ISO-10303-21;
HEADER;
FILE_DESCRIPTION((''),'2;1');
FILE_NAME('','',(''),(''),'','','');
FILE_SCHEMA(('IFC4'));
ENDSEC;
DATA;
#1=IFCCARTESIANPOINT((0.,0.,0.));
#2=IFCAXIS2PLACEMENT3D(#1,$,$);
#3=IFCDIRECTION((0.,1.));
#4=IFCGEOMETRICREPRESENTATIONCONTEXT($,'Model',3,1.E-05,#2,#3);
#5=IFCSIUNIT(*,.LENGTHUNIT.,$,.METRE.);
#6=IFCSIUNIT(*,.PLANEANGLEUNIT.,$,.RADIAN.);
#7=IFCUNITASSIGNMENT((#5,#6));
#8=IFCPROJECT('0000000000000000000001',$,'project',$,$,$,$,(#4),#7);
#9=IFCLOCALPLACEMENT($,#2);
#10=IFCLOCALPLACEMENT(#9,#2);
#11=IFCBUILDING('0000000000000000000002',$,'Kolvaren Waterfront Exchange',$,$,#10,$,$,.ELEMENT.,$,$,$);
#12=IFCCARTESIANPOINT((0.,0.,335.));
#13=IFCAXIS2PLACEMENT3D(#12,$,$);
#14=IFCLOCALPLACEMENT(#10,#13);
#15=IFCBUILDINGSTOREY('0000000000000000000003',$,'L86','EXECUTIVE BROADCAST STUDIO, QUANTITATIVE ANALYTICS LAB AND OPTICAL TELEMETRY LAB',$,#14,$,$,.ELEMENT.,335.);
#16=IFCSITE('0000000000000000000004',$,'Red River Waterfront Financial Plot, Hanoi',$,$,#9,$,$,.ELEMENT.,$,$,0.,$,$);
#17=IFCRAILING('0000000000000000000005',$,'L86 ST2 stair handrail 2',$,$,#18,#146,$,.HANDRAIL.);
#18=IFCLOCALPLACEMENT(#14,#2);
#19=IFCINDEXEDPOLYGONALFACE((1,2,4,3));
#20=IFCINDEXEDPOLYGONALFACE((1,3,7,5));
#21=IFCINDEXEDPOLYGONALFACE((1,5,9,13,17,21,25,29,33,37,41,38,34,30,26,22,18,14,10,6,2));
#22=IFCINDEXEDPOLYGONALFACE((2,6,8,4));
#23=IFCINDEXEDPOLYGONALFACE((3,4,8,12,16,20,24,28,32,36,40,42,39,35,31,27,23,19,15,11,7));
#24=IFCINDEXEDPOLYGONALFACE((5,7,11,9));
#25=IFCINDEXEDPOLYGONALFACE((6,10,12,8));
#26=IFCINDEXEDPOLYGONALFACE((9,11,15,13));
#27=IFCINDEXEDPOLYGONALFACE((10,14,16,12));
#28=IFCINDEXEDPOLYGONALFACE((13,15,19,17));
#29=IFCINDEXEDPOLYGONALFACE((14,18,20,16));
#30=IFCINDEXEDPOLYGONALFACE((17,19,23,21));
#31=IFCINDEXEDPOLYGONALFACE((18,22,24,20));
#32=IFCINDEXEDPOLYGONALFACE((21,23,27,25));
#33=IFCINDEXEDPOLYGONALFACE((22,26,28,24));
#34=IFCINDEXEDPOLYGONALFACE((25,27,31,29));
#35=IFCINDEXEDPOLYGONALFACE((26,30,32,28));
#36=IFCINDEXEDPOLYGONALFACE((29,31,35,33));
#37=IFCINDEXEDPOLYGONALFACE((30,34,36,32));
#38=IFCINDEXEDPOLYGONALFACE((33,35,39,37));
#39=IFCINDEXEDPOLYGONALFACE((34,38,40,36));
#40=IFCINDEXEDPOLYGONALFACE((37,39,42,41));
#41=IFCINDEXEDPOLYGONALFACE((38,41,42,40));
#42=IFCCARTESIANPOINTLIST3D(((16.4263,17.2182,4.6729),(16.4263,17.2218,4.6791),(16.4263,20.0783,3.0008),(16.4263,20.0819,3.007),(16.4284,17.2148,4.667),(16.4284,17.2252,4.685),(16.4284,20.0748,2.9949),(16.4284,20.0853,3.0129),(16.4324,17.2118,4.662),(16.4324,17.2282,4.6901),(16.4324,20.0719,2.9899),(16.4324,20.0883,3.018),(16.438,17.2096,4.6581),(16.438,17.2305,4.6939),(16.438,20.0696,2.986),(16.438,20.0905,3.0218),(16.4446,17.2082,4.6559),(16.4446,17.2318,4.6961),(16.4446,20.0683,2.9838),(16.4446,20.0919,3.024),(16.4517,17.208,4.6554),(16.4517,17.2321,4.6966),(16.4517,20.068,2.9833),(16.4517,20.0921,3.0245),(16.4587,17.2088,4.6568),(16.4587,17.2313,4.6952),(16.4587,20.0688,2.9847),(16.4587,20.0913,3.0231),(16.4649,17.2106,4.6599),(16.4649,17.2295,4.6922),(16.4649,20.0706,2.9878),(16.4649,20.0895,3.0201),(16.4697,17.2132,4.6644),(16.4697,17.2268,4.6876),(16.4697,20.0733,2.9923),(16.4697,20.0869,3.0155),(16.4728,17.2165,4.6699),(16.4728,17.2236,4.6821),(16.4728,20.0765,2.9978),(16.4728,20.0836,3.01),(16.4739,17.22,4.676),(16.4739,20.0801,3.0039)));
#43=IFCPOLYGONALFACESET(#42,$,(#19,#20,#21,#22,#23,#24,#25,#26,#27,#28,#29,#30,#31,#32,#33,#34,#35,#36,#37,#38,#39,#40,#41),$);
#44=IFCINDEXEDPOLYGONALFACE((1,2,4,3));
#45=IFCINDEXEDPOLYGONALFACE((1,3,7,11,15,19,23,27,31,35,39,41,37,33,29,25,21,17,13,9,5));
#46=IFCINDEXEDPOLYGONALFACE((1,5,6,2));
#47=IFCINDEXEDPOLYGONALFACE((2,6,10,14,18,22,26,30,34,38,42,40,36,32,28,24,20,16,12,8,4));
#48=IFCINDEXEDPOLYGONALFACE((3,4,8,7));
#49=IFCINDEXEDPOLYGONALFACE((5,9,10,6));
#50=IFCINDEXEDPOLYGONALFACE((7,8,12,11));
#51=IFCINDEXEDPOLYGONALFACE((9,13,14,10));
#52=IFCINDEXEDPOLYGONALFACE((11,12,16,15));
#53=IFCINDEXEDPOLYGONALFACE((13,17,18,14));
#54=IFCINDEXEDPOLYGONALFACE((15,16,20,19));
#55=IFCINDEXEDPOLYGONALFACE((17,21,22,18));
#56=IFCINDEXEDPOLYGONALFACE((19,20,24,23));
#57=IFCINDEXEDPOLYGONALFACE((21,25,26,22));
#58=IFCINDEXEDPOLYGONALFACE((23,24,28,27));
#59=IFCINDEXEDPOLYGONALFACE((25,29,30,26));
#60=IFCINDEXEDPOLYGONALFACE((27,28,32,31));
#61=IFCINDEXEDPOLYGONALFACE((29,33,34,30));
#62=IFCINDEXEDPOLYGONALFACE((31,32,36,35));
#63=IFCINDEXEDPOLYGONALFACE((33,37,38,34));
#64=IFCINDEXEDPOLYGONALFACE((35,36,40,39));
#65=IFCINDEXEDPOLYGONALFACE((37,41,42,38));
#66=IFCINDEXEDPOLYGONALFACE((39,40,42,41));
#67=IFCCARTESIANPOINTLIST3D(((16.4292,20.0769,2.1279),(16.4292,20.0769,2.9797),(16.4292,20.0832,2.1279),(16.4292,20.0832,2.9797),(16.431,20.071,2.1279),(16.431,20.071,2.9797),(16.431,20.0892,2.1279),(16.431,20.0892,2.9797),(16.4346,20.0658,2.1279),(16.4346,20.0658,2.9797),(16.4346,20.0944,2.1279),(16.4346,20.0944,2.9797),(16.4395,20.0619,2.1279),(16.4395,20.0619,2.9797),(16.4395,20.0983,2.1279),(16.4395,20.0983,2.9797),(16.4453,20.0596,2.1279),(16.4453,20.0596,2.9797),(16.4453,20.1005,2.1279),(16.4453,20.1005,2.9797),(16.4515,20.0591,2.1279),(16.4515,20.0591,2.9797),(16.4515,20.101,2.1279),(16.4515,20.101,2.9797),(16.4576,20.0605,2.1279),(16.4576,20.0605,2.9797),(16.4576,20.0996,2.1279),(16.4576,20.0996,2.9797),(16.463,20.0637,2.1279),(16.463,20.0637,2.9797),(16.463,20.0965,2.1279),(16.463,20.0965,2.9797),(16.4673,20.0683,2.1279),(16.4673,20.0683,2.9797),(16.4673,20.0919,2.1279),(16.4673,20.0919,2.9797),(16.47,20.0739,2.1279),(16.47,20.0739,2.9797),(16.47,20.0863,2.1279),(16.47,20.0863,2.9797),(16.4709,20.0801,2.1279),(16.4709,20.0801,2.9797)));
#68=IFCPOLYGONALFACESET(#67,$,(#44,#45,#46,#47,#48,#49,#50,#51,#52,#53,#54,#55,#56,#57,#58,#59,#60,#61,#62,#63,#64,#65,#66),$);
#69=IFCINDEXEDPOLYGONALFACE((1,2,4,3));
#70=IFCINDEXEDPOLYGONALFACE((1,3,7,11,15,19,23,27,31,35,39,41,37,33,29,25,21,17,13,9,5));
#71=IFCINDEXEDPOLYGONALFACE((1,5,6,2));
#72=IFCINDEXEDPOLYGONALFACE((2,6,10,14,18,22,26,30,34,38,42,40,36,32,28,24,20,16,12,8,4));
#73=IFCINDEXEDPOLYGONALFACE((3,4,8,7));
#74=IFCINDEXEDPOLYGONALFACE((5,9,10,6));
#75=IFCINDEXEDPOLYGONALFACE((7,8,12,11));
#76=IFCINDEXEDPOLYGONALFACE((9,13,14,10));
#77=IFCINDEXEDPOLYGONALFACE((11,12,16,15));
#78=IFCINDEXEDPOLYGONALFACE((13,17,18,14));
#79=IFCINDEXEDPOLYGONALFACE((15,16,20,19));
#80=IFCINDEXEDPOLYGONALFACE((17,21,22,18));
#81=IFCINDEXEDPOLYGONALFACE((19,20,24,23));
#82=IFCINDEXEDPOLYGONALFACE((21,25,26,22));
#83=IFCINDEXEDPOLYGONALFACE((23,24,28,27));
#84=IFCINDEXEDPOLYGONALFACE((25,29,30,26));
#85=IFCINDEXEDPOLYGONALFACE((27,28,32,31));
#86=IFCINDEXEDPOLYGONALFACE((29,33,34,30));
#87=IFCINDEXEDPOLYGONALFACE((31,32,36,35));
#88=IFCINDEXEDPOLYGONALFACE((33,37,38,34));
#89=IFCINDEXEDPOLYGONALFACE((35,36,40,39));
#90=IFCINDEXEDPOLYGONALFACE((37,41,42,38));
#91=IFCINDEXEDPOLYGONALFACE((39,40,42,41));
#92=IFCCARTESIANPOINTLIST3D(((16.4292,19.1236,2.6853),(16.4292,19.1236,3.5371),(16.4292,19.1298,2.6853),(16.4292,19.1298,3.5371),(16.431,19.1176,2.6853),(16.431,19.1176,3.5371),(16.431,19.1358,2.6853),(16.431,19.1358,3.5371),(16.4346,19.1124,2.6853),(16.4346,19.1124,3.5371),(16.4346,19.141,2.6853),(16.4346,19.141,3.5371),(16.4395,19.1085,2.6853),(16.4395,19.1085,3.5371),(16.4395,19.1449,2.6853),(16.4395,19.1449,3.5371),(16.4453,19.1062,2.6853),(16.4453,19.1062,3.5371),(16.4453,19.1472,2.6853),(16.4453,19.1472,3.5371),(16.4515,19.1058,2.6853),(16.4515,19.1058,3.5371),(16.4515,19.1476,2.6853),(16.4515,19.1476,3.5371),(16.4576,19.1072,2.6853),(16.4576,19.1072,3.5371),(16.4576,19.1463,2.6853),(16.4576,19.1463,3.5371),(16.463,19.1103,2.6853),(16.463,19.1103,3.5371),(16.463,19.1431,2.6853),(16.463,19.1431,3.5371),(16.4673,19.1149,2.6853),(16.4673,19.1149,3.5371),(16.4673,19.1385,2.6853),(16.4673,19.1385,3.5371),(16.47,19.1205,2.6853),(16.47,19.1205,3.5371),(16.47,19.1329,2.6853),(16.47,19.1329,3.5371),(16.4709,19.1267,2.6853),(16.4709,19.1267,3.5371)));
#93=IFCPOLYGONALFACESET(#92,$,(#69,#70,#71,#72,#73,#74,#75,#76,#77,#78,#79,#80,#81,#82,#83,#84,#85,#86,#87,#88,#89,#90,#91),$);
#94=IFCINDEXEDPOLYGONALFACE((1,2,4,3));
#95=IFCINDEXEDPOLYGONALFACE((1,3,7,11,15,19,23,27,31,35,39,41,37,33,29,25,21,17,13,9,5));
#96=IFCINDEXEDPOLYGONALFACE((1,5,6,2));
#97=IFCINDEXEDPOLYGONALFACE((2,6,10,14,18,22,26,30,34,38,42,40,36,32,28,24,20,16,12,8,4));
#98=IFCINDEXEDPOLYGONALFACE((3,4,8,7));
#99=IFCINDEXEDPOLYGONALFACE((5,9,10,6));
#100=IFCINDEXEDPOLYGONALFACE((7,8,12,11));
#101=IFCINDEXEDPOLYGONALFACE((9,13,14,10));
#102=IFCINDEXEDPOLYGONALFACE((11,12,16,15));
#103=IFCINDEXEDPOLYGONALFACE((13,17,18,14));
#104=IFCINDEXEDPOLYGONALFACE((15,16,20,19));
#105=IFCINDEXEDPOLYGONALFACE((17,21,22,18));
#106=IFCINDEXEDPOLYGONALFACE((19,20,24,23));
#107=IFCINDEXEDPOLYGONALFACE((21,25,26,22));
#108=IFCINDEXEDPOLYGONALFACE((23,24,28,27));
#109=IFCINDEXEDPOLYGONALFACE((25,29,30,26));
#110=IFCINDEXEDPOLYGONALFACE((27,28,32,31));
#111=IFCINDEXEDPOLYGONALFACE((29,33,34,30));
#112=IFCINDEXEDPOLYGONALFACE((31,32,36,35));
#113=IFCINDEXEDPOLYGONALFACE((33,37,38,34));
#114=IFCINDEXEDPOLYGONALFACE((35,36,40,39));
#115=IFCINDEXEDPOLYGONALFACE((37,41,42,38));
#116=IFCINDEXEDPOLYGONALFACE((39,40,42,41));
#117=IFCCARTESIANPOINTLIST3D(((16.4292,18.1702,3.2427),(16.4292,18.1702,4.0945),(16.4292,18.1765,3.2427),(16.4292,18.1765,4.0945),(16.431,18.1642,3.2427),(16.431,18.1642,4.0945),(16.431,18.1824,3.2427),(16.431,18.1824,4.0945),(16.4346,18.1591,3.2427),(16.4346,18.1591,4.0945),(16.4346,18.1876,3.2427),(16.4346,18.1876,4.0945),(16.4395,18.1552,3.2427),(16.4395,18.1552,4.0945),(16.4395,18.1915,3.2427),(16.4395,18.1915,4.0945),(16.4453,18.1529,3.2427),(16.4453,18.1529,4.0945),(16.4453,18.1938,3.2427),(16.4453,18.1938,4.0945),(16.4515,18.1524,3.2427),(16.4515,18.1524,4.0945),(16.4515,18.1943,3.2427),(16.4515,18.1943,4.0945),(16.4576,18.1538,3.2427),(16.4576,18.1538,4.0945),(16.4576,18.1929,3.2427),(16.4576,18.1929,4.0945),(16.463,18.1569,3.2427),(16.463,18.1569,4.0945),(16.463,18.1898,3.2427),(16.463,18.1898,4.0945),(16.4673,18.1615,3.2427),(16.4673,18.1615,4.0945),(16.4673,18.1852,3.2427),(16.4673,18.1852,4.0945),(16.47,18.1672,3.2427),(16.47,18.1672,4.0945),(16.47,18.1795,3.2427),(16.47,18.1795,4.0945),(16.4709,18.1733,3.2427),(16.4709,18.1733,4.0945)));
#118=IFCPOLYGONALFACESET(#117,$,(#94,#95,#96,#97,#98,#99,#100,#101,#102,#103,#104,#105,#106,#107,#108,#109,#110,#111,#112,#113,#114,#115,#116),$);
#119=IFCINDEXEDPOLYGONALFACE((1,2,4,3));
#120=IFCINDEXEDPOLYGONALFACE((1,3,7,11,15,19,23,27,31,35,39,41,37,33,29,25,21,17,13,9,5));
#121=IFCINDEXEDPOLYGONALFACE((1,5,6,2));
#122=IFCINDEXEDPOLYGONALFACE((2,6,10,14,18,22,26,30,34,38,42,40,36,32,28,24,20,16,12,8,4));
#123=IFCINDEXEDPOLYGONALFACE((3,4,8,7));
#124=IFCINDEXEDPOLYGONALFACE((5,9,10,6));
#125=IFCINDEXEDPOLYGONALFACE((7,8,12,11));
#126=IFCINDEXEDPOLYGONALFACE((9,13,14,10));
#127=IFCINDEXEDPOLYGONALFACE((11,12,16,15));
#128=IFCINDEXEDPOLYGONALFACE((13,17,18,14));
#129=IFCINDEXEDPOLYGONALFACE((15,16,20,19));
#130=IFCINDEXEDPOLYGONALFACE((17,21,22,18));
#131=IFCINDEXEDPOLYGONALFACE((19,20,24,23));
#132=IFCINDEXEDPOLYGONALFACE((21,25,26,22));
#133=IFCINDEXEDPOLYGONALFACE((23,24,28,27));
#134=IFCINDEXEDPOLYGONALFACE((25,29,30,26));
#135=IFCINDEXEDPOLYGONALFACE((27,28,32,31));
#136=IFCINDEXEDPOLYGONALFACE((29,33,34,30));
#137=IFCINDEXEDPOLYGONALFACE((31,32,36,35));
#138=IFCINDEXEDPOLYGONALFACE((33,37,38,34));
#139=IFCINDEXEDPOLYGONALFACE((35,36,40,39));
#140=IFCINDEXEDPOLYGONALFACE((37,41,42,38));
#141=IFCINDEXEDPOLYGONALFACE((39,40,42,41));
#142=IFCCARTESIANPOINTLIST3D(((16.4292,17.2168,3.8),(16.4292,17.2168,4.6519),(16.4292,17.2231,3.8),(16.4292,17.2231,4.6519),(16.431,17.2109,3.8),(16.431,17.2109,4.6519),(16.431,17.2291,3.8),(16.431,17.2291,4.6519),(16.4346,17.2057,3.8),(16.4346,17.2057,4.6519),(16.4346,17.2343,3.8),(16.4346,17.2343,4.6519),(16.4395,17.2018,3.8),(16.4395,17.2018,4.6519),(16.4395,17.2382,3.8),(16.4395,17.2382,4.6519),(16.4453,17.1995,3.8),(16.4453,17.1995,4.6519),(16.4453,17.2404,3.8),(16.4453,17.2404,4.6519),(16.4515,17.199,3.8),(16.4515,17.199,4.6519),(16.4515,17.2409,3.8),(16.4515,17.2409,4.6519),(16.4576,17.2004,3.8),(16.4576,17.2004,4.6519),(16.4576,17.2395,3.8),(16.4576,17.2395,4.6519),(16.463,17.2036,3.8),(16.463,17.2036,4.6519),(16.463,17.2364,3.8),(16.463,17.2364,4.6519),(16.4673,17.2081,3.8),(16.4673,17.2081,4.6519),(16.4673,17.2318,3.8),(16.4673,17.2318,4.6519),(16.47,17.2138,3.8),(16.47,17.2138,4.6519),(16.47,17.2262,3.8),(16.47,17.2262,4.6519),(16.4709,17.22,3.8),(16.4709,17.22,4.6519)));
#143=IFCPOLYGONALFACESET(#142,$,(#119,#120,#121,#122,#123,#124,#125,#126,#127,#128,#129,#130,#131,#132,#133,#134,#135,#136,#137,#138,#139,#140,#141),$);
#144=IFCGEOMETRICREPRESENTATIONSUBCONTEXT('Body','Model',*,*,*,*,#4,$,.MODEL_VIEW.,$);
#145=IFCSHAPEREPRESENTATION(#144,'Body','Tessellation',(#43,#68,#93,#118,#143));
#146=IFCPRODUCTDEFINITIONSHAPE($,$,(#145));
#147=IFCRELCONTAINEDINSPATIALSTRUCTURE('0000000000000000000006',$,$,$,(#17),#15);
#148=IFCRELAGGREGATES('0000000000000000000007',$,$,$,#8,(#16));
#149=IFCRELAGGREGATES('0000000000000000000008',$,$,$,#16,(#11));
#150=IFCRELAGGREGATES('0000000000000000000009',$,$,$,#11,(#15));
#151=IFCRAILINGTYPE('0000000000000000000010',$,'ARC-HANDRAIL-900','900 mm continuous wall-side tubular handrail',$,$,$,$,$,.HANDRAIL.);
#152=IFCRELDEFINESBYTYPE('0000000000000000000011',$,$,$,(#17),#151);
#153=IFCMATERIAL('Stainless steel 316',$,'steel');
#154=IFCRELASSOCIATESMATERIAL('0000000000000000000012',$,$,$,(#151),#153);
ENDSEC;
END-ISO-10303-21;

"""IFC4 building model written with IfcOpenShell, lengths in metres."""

from ifc_helpers import new_model, si_unit, direction, frame, origin, origin_2d, place, context, subcontext, project, spatial, circle, extrude, material, type_object, element, save


model = new_model("IFC4")

# Units and contexts
model_context = context("Model", 3, precision=1e-05, world=origin(), true_north=direction((0.0, 1.0)))
body_context = subcontext(model_context, "Body", "Model", "MODEL_VIEW")
ifc_project = project(units=[si_unit("LENGTHUNIT", "METRE"), si_unit("PLANEANGLEUNIT", "RADIAN")], contexts=[model_context])

# Site, building, storey
site_placement = place(None, origin())
site = spatial("IfcSite", under=ifc_project, at=site_placement, Name="Red River Waterfront Financial Plot, Hanoi", CompositionType="ELEMENT", RefElevation=0.0)
building_placement = place(site_placement, origin())
building = spatial("IfcBuilding", under=site, at=building_placement, Name="Kolvaren Waterfront Exchange", CompositionType="ELEMENT")
storey_placement = place(building_placement, frame((0.0, 0.0, 335.0)))
storey = spatial("IfcBuildingStorey", under=building, at=storey_placement, Name="L86", Description="EXECUTIVE BROADCAST STUDIO, QUANTITATIVE ANALYTICS LAB AND OPTICAL TELEMETRY LAB", CompositionType="ELEMENT", Elevation=335.0)

# Railing
ifc_material_1 = material(Name="Stainless steel 316", Category="steel")
railing_type = type_object("IfcRailingType", Name="ARC-HANDRAIL-900", Description="900 mm continuous wall-side tubular handrail", PredefinedType="HANDRAIL", material=ifc_material_1)
railing_1_placement = place(storey_placement, frame((16.45, 20.0801, 2.1279)))
element("IfcRailing", 1, at=railing_1_placement, inside=storey, type_object=railing_type, Name="L86 ST2 stair handrail 2", PredefinedType="HANDRAIL", context=body_context, shape_type="SweptSolid", body=[
    extrude(circle(Radius=0.0239, at=origin_2d()), frame((0.0, 0.0, 0.876), z_axis=(0.0, -0.863289, 0.504709), x_axis=(1.0, 0.0, 0.0)), (0.0, 0.0, 1.0), 3.313),
    extrude(circle(Radius=0.021, at=origin_2d()), origin(), (0.0, 0.0, 1.0), 0.8518),
    extrude(circle(Radius=0.021, at=origin_2d()), frame((0.0, -0.9534, 0.5574)), (0.0, 0.0, 1.0), 0.8518),
    extrude(circle(Radius=0.021, at=origin_2d()), frame((0.0, -1.9067, 1.1147)), (0.0, 0.0, 1.0), 0.8518),
    extrude(circle(Radius=0.021, at=origin_2d()), frame((0.0, -2.8601, 1.6721)), (0.0, 0.0, 1.0), 0.8518),
])

save(model, "model.ifc")
